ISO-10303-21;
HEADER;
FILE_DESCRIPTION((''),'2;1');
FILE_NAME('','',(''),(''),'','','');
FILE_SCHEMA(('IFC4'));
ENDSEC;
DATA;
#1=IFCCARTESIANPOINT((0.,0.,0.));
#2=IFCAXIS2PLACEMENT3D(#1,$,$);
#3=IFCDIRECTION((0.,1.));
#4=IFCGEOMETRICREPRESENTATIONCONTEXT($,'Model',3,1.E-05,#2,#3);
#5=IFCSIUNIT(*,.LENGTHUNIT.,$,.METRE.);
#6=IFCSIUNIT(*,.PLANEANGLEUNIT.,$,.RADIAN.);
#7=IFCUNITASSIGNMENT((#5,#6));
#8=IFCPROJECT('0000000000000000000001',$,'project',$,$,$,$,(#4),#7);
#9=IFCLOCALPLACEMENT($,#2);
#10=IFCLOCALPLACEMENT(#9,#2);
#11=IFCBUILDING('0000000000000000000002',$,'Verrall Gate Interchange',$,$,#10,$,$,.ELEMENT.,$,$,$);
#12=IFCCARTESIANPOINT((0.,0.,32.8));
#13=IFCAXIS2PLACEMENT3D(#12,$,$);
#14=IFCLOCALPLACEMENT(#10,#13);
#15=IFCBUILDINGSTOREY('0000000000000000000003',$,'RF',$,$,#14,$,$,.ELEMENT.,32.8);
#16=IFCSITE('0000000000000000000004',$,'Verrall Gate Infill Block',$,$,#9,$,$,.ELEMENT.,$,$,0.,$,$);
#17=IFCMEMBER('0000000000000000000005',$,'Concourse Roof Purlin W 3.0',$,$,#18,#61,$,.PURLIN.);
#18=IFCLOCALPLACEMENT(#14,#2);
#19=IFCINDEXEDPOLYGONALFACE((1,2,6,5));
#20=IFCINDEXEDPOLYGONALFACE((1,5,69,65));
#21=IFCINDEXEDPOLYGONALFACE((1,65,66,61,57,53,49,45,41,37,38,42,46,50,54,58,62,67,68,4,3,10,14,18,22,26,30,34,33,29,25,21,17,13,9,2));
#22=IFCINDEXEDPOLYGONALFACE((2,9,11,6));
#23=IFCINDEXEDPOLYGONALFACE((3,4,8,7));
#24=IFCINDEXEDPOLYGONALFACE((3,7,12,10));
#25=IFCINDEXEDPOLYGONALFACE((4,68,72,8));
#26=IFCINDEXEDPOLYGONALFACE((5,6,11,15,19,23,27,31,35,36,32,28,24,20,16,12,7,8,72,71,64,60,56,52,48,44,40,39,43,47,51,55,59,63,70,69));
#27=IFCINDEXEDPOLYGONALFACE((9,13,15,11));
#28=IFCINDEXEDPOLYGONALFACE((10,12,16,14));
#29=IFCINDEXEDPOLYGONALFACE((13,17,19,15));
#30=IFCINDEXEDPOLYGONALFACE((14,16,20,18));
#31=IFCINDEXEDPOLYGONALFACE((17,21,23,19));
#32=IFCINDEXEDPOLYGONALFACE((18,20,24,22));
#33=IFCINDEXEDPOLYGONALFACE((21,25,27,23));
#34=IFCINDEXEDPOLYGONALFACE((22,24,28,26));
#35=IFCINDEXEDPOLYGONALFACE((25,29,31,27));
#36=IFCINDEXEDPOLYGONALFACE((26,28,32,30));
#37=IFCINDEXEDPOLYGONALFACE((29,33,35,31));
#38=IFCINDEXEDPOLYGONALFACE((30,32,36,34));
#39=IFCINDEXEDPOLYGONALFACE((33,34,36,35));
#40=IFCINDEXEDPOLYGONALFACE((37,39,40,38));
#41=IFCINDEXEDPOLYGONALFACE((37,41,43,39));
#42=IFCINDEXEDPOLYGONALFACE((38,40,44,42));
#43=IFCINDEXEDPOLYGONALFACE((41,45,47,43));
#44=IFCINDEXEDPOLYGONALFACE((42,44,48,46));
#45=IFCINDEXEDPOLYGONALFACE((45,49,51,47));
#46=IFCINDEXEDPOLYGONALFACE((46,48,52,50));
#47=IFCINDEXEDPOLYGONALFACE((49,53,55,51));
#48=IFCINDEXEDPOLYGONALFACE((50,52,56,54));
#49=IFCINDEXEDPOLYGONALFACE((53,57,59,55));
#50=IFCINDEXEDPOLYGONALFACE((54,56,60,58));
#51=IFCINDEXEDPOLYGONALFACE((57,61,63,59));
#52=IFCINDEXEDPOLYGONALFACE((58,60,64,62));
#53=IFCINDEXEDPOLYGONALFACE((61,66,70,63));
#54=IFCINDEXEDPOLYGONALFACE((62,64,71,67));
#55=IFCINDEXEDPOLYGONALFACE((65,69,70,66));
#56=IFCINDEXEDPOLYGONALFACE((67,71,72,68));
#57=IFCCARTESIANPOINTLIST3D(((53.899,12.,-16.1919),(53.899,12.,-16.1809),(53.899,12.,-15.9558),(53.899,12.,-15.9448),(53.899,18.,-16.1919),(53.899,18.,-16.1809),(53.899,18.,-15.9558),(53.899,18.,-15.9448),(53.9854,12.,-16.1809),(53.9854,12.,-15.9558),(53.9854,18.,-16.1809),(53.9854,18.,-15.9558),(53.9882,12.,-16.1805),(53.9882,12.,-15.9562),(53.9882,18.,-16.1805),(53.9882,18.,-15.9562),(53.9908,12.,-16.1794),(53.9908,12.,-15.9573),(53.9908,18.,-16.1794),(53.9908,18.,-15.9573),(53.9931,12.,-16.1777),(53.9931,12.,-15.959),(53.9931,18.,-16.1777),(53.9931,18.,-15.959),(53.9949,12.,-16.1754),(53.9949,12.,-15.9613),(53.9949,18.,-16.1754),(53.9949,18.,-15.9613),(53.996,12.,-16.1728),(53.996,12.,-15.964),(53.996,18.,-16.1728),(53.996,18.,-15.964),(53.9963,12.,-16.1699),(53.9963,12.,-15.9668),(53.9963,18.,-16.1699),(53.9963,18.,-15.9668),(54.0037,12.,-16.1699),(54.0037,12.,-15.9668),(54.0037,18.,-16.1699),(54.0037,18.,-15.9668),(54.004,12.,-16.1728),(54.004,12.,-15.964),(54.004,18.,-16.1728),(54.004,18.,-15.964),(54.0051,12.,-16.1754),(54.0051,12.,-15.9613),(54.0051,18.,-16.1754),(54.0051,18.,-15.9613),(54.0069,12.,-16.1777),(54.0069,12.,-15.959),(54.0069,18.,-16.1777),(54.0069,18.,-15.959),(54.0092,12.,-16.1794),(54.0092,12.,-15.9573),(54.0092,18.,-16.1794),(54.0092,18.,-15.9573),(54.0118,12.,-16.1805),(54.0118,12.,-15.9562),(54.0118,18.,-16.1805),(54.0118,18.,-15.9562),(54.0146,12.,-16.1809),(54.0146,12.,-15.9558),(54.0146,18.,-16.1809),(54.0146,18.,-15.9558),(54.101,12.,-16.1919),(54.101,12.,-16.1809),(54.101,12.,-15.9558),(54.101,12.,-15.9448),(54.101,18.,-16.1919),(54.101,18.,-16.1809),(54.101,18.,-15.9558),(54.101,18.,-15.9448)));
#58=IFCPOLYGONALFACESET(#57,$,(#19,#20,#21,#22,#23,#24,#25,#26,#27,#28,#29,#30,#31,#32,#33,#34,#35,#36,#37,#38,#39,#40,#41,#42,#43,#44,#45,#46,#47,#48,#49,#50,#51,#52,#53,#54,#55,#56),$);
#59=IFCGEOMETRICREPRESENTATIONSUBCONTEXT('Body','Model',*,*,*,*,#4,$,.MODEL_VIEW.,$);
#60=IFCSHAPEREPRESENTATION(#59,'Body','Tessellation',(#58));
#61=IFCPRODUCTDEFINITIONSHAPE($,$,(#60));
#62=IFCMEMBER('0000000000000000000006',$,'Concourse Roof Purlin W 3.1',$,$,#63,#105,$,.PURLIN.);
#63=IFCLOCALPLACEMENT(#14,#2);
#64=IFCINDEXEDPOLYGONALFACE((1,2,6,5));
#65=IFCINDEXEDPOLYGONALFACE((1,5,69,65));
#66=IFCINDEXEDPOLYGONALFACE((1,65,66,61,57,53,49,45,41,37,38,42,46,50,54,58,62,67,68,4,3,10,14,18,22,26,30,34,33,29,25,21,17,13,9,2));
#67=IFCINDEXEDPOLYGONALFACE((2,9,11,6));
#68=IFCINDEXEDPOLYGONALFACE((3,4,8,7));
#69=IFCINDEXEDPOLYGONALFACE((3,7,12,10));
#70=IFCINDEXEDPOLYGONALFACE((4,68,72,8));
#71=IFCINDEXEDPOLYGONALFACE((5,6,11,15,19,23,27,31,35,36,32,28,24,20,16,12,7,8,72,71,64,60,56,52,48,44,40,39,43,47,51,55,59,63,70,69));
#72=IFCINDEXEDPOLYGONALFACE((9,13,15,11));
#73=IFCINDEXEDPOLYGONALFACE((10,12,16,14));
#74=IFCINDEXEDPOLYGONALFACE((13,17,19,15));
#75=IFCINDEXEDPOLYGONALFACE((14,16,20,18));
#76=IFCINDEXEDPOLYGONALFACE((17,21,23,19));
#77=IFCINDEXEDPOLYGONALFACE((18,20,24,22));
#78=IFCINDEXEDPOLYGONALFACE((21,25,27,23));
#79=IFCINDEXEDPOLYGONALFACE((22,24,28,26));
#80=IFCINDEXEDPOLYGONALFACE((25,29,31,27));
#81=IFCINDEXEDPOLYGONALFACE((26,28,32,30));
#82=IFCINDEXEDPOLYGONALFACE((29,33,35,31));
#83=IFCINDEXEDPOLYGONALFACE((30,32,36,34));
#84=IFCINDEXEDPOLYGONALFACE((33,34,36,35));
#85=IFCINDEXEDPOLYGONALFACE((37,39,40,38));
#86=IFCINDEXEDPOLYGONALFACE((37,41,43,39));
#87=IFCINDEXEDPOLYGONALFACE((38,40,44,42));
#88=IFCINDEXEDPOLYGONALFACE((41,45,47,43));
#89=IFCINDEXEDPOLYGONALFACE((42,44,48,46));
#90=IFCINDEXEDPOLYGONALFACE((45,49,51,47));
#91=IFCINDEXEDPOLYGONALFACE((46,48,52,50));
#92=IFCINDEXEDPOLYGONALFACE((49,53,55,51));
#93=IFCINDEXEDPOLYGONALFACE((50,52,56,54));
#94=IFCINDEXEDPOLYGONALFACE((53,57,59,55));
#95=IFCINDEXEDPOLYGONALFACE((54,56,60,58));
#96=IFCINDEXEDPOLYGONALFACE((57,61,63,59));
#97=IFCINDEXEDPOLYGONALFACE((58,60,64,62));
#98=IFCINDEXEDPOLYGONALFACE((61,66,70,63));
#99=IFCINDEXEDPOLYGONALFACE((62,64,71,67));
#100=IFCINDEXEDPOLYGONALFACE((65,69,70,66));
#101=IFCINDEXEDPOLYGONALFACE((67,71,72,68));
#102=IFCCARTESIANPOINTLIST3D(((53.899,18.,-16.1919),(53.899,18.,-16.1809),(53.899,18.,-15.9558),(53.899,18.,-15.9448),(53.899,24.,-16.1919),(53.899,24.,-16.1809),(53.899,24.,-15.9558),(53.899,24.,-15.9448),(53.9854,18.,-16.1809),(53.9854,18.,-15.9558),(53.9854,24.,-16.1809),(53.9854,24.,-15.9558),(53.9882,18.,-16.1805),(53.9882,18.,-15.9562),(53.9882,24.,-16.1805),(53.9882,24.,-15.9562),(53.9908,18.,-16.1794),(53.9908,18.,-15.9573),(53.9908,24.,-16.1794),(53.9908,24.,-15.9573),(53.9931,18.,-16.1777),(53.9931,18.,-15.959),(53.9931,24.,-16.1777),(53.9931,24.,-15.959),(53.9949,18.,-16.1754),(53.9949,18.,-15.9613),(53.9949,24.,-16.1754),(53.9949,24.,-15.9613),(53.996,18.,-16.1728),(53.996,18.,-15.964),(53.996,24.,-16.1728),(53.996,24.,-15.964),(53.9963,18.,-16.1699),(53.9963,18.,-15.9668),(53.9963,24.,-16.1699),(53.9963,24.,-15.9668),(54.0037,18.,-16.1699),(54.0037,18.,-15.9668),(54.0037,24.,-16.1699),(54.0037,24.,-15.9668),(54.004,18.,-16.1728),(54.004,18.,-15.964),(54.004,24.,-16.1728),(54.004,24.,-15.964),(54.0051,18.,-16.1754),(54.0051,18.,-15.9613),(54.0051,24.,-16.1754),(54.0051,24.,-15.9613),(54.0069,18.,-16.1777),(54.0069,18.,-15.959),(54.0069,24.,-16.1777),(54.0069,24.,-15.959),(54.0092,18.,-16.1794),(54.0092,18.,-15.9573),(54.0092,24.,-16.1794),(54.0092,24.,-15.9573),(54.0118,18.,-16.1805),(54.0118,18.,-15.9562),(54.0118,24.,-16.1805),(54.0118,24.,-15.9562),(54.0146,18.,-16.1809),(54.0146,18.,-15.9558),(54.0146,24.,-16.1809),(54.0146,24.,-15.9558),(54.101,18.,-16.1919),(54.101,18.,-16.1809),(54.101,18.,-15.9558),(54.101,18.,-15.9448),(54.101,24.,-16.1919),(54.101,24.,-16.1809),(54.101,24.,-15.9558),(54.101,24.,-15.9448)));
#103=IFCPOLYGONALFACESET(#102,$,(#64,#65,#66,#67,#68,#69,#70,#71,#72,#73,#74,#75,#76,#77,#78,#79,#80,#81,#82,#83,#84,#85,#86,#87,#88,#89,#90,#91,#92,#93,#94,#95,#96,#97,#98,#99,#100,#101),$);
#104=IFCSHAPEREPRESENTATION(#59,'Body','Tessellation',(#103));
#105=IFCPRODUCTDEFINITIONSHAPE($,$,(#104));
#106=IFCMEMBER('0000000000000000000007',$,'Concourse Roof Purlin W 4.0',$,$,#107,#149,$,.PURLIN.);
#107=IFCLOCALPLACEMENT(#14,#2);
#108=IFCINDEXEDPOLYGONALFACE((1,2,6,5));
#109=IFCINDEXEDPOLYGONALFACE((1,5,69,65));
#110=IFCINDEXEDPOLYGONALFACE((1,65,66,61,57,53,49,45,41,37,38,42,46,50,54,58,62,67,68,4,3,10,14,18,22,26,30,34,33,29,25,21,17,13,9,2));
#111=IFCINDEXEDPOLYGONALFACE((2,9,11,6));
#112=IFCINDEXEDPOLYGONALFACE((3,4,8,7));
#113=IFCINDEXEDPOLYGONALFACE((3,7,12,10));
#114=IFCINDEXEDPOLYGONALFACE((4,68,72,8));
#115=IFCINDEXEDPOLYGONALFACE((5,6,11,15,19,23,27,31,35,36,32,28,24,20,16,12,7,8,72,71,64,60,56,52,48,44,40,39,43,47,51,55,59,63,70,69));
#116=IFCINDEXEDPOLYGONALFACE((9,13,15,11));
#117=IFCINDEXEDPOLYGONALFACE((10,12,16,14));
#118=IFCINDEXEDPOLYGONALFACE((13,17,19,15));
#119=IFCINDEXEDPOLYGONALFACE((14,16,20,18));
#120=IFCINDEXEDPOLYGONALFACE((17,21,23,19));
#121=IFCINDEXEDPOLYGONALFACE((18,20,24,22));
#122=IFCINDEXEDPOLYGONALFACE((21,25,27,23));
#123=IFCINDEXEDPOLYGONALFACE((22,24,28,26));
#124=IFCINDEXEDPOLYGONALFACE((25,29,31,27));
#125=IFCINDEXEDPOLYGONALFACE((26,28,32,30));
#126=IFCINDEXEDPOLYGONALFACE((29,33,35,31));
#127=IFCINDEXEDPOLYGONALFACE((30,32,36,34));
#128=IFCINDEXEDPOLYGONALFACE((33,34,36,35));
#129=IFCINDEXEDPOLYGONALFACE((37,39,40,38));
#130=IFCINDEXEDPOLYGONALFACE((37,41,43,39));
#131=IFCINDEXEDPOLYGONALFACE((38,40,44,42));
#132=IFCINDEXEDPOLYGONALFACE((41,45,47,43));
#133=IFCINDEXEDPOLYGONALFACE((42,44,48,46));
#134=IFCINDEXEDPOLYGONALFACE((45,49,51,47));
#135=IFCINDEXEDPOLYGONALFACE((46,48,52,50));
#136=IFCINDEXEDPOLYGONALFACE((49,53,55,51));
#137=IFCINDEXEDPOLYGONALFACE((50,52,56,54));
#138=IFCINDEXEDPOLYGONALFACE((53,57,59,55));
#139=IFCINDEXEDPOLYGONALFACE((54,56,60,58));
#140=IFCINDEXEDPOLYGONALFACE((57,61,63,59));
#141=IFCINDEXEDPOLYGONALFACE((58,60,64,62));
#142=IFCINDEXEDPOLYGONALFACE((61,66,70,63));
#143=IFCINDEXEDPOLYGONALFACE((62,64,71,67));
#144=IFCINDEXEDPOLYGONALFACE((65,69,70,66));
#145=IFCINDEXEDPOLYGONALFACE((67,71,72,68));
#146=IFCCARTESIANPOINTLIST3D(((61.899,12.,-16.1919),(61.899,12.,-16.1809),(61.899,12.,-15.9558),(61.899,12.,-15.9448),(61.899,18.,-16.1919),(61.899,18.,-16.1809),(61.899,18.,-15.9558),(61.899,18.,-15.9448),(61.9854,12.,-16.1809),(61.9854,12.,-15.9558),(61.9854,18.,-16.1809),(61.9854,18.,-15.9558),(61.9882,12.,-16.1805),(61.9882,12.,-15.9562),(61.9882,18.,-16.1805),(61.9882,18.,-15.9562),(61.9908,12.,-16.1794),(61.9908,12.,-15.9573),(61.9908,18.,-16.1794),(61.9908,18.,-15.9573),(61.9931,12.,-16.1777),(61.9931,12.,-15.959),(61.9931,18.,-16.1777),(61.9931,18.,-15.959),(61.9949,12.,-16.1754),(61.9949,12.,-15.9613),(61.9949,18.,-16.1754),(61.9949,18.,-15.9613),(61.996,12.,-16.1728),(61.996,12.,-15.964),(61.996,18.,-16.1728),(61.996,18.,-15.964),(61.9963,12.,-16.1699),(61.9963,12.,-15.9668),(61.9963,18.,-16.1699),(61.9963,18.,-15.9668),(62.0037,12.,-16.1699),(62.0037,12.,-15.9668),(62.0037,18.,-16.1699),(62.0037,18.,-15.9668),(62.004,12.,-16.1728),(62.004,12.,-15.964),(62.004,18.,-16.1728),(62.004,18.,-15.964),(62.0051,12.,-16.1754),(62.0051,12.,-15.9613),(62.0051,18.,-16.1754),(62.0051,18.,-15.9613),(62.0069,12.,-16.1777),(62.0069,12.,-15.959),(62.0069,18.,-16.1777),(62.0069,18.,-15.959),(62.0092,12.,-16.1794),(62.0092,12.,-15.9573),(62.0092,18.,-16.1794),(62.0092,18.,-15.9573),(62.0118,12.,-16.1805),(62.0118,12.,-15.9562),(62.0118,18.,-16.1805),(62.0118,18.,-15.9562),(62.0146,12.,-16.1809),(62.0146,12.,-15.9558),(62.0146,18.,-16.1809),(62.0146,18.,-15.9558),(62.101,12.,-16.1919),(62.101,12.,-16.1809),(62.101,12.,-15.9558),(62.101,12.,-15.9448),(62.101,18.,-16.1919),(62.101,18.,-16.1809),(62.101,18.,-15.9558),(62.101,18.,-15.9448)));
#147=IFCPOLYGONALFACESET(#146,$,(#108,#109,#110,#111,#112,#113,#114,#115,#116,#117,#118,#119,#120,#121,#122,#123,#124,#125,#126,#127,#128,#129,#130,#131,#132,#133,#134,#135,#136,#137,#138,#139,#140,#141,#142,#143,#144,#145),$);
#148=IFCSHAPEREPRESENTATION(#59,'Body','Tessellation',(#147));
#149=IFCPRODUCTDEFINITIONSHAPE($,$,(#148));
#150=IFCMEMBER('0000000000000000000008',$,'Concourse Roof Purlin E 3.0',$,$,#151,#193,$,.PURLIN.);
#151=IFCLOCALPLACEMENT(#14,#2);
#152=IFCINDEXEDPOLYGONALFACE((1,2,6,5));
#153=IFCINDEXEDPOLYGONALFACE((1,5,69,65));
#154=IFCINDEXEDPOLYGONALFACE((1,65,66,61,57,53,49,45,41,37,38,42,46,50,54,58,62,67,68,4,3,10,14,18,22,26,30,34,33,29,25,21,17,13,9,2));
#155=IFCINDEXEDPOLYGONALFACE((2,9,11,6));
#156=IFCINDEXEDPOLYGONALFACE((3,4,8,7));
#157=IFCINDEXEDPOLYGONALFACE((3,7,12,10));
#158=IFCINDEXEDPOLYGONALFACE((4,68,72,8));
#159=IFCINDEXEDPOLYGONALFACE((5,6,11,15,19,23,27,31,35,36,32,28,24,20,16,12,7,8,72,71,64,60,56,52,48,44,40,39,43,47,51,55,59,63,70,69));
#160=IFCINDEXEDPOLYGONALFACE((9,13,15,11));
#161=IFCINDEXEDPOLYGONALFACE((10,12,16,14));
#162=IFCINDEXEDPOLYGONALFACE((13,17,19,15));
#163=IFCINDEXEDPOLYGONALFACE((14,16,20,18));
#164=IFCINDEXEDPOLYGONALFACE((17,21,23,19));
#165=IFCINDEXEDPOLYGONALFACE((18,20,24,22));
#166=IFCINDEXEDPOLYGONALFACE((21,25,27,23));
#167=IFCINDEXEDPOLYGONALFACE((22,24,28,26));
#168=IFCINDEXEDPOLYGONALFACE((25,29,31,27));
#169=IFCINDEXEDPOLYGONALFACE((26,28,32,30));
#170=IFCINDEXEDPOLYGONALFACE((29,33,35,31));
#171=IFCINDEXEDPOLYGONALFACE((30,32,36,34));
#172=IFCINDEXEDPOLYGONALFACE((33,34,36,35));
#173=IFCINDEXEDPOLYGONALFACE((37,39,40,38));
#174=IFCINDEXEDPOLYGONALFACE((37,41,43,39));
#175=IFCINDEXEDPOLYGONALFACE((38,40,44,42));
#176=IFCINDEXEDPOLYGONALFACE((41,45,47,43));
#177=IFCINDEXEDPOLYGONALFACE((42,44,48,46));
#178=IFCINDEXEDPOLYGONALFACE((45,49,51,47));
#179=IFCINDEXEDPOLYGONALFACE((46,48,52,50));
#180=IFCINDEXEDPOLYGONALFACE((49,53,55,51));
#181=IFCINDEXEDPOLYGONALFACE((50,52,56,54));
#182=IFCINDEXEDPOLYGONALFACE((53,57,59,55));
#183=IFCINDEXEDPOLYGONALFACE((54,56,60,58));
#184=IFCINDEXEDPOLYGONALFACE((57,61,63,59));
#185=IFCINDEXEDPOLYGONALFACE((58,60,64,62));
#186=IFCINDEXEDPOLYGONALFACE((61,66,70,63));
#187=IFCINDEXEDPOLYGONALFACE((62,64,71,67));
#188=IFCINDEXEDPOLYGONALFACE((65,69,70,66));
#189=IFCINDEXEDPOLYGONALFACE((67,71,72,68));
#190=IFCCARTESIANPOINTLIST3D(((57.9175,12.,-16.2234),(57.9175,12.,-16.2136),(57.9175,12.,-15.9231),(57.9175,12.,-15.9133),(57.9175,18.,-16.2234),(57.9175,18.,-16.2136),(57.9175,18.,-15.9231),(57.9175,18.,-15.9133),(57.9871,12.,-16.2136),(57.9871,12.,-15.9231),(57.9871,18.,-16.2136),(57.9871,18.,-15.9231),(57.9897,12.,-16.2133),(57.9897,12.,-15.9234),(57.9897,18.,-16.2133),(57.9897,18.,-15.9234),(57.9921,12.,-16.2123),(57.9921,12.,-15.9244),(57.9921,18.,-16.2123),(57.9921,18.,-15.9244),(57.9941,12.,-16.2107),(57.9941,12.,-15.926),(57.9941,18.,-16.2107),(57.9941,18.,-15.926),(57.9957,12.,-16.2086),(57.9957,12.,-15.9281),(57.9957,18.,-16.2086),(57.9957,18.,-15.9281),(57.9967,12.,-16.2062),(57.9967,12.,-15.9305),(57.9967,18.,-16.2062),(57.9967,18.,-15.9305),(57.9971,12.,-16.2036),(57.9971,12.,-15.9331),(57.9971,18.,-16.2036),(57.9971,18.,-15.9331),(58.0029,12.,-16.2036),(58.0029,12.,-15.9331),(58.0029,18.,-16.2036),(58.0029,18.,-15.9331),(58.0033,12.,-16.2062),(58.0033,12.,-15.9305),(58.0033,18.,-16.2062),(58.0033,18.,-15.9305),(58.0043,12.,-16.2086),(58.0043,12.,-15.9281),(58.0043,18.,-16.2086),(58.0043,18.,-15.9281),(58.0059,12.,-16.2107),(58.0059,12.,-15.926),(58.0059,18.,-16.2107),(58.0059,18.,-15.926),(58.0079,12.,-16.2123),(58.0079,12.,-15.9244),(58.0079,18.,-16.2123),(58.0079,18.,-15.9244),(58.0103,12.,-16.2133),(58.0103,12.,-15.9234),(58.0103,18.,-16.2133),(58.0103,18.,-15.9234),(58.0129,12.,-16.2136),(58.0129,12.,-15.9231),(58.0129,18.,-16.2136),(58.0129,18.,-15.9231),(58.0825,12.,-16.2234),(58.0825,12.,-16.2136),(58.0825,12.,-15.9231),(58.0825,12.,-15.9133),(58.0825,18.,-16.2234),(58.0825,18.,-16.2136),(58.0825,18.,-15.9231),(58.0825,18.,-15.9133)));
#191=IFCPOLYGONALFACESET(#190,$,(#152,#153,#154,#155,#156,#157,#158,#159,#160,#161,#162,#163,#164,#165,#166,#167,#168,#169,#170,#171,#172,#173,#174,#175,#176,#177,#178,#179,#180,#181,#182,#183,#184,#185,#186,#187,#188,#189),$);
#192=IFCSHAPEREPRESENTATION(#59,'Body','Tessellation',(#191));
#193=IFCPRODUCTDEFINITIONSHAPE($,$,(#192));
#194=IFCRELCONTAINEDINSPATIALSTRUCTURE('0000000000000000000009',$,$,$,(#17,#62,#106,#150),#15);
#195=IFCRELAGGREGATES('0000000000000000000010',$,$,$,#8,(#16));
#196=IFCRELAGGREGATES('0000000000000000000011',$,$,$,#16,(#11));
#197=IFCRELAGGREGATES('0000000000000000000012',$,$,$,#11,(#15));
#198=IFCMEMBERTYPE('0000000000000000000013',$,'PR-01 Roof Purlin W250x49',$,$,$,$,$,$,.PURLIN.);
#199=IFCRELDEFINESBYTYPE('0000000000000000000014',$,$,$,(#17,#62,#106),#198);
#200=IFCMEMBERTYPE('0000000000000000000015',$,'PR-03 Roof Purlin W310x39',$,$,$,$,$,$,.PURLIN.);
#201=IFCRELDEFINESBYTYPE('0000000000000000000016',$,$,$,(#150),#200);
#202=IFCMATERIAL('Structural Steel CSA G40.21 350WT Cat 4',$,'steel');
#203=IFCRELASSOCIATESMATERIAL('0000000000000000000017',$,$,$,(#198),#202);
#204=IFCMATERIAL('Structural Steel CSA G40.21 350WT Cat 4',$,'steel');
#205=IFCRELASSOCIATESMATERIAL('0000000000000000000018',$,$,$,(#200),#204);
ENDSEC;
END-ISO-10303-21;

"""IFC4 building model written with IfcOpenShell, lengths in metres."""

from ifc_helpers import new_model, si_unit, direction, frame, origin, origin_2d, place, context, subcontext, project, spatial, i_section, extrude, material, material_profile, profile_set, type_object, element, save


model = new_model("IFC4")

# Units and contexts
model_context = context("Model", 3, precision=1e-05, world=origin(), true_north=direction((0.0, 1.0)))
body_context = subcontext(model_context, "Body", "Model", "MODEL_VIEW")
ifc_project = project(units=[si_unit("LENGTHUNIT", "METRE"), si_unit("PLANEANGLEUNIT", "RADIAN")], contexts=[model_context])

# Site, building, storey
site_placement = place(None, origin())
site = spatial("IfcSite", under=ifc_project, at=site_placement, Name="Verrall Gate Infill Block", CompositionType="ELEMENT", RefElevation=0.0)
building_placement = place(site_placement, origin())
building = spatial("IfcBuilding", under=site, at=building_placement, Name="Verrall Gate Interchange", CompositionType="ELEMENT")
storey_placement = place(building_placement, frame((0.0, 0.0, 32.8)))
storey = spatial("IfcBuildingStorey", under=building, at=storey_placement, Name="RF", CompositionType="ELEMENT", Elevation=32.8)

# Members
ifc_material_1 = material(Name="Structural Steel CSA G40.21 350WT Cat 4", Category="steel")
ifc_material_profile_1 = material_profile(ifc_material_1, i_section(OverallWidth=0.2019, OverallDepth=0.2471, WebThickness=0.0073, FlangeThickness=0.011, FilletRadius=0.011, at=origin_2d()), Name="W250x49")
ifc_profile_set_1 = profile_set([ifc_material_profile_1], Name="Structural Steel CSA G40.21 350WT Cat 4")
member_type_1 = type_object("IfcMemberType", Name="PR-01 Roof Purlin W250x49", PredefinedType="PURLIN", material=ifc_profile_set_1)
for number, where, z_axis, x_axis, name in (
    (1, (54.0, 12.0, -16.0684), (0.0, 1.0, 0.0), (-1.0, 0.0, 0.0), "Concourse Roof Purlin W 3.0"),
    (2, (54.0, 18.0, -16.0684), (0.0, 1.0, 0.0), (-1.0, 0.0, 0.0), "Concourse Roof Purlin W 3.1"),
    (3, (62.0, 12.0, -16.0684), (0.0, 1.0, 0.0), (-1.0, 0.0, 0.0), "Concourse Roof Purlin W 4.0"),
):
    element("IfcMember", number, at=place(storey_placement, frame(where, z_axis=z_axis, x_axis=x_axis)), inside=storey, type_object=member_type_1, Name=name, PredefinedType="PURLIN", context=body_context, shape_type="SweptSolid", body=[
        extrude(i_section(OverallWidth=0.2019, OverallDepth=0.2471, WebThickness=0.0073, FlangeThickness=0.011, FilletRadius=0.011, at=origin_2d()), origin(), (0.0, 0.0, 1.0), 6.0),
    ])
ifc_material_2 = material(Name="Structural Steel CSA G40.21 350WT Cat 4", Category="steel")
ifc_material_profile_2 = material_profile(ifc_material_2, i_section(OverallWidth=0.165, OverallDepth=0.3101, WebThickness=0.0059, FlangeThickness=0.0098, FilletRadius=0.01, at=origin_2d()), Name="W310x39")
ifc_profile_set_2 = profile_set([ifc_material_profile_2], Name="Structural Steel CSA G40.21 350WT Cat 4")
member_type_2 = type_object("IfcMemberType", Name="PR-03 Roof Purlin W310x39", PredefinedType="PURLIN", material=ifc_profile_set_2)
member_1_placement = place(storey_placement, frame((58.0, 12.0, -16.0684), z_axis=(0.0, 1.0, 0.0), x_axis=(-1.0, 0.0, 0.0)))
element("IfcMember", 4, at=member_1_placement, inside=storey, type_object=member_type_2, Name="Concourse Roof Purlin E 3.0", PredefinedType="PURLIN", context=body_context, shape_type="SweptSolid", body=[
    extrude(i_section(OverallWidth=0.165, OverallDepth=0.3101, WebThickness=0.0059, FlangeThickness=0.0098, FilletRadius=0.01, at=origin_2d()), origin(), (0.0, 0.0, 1.0), 6.0),
])

save(model, "model.ifc")
